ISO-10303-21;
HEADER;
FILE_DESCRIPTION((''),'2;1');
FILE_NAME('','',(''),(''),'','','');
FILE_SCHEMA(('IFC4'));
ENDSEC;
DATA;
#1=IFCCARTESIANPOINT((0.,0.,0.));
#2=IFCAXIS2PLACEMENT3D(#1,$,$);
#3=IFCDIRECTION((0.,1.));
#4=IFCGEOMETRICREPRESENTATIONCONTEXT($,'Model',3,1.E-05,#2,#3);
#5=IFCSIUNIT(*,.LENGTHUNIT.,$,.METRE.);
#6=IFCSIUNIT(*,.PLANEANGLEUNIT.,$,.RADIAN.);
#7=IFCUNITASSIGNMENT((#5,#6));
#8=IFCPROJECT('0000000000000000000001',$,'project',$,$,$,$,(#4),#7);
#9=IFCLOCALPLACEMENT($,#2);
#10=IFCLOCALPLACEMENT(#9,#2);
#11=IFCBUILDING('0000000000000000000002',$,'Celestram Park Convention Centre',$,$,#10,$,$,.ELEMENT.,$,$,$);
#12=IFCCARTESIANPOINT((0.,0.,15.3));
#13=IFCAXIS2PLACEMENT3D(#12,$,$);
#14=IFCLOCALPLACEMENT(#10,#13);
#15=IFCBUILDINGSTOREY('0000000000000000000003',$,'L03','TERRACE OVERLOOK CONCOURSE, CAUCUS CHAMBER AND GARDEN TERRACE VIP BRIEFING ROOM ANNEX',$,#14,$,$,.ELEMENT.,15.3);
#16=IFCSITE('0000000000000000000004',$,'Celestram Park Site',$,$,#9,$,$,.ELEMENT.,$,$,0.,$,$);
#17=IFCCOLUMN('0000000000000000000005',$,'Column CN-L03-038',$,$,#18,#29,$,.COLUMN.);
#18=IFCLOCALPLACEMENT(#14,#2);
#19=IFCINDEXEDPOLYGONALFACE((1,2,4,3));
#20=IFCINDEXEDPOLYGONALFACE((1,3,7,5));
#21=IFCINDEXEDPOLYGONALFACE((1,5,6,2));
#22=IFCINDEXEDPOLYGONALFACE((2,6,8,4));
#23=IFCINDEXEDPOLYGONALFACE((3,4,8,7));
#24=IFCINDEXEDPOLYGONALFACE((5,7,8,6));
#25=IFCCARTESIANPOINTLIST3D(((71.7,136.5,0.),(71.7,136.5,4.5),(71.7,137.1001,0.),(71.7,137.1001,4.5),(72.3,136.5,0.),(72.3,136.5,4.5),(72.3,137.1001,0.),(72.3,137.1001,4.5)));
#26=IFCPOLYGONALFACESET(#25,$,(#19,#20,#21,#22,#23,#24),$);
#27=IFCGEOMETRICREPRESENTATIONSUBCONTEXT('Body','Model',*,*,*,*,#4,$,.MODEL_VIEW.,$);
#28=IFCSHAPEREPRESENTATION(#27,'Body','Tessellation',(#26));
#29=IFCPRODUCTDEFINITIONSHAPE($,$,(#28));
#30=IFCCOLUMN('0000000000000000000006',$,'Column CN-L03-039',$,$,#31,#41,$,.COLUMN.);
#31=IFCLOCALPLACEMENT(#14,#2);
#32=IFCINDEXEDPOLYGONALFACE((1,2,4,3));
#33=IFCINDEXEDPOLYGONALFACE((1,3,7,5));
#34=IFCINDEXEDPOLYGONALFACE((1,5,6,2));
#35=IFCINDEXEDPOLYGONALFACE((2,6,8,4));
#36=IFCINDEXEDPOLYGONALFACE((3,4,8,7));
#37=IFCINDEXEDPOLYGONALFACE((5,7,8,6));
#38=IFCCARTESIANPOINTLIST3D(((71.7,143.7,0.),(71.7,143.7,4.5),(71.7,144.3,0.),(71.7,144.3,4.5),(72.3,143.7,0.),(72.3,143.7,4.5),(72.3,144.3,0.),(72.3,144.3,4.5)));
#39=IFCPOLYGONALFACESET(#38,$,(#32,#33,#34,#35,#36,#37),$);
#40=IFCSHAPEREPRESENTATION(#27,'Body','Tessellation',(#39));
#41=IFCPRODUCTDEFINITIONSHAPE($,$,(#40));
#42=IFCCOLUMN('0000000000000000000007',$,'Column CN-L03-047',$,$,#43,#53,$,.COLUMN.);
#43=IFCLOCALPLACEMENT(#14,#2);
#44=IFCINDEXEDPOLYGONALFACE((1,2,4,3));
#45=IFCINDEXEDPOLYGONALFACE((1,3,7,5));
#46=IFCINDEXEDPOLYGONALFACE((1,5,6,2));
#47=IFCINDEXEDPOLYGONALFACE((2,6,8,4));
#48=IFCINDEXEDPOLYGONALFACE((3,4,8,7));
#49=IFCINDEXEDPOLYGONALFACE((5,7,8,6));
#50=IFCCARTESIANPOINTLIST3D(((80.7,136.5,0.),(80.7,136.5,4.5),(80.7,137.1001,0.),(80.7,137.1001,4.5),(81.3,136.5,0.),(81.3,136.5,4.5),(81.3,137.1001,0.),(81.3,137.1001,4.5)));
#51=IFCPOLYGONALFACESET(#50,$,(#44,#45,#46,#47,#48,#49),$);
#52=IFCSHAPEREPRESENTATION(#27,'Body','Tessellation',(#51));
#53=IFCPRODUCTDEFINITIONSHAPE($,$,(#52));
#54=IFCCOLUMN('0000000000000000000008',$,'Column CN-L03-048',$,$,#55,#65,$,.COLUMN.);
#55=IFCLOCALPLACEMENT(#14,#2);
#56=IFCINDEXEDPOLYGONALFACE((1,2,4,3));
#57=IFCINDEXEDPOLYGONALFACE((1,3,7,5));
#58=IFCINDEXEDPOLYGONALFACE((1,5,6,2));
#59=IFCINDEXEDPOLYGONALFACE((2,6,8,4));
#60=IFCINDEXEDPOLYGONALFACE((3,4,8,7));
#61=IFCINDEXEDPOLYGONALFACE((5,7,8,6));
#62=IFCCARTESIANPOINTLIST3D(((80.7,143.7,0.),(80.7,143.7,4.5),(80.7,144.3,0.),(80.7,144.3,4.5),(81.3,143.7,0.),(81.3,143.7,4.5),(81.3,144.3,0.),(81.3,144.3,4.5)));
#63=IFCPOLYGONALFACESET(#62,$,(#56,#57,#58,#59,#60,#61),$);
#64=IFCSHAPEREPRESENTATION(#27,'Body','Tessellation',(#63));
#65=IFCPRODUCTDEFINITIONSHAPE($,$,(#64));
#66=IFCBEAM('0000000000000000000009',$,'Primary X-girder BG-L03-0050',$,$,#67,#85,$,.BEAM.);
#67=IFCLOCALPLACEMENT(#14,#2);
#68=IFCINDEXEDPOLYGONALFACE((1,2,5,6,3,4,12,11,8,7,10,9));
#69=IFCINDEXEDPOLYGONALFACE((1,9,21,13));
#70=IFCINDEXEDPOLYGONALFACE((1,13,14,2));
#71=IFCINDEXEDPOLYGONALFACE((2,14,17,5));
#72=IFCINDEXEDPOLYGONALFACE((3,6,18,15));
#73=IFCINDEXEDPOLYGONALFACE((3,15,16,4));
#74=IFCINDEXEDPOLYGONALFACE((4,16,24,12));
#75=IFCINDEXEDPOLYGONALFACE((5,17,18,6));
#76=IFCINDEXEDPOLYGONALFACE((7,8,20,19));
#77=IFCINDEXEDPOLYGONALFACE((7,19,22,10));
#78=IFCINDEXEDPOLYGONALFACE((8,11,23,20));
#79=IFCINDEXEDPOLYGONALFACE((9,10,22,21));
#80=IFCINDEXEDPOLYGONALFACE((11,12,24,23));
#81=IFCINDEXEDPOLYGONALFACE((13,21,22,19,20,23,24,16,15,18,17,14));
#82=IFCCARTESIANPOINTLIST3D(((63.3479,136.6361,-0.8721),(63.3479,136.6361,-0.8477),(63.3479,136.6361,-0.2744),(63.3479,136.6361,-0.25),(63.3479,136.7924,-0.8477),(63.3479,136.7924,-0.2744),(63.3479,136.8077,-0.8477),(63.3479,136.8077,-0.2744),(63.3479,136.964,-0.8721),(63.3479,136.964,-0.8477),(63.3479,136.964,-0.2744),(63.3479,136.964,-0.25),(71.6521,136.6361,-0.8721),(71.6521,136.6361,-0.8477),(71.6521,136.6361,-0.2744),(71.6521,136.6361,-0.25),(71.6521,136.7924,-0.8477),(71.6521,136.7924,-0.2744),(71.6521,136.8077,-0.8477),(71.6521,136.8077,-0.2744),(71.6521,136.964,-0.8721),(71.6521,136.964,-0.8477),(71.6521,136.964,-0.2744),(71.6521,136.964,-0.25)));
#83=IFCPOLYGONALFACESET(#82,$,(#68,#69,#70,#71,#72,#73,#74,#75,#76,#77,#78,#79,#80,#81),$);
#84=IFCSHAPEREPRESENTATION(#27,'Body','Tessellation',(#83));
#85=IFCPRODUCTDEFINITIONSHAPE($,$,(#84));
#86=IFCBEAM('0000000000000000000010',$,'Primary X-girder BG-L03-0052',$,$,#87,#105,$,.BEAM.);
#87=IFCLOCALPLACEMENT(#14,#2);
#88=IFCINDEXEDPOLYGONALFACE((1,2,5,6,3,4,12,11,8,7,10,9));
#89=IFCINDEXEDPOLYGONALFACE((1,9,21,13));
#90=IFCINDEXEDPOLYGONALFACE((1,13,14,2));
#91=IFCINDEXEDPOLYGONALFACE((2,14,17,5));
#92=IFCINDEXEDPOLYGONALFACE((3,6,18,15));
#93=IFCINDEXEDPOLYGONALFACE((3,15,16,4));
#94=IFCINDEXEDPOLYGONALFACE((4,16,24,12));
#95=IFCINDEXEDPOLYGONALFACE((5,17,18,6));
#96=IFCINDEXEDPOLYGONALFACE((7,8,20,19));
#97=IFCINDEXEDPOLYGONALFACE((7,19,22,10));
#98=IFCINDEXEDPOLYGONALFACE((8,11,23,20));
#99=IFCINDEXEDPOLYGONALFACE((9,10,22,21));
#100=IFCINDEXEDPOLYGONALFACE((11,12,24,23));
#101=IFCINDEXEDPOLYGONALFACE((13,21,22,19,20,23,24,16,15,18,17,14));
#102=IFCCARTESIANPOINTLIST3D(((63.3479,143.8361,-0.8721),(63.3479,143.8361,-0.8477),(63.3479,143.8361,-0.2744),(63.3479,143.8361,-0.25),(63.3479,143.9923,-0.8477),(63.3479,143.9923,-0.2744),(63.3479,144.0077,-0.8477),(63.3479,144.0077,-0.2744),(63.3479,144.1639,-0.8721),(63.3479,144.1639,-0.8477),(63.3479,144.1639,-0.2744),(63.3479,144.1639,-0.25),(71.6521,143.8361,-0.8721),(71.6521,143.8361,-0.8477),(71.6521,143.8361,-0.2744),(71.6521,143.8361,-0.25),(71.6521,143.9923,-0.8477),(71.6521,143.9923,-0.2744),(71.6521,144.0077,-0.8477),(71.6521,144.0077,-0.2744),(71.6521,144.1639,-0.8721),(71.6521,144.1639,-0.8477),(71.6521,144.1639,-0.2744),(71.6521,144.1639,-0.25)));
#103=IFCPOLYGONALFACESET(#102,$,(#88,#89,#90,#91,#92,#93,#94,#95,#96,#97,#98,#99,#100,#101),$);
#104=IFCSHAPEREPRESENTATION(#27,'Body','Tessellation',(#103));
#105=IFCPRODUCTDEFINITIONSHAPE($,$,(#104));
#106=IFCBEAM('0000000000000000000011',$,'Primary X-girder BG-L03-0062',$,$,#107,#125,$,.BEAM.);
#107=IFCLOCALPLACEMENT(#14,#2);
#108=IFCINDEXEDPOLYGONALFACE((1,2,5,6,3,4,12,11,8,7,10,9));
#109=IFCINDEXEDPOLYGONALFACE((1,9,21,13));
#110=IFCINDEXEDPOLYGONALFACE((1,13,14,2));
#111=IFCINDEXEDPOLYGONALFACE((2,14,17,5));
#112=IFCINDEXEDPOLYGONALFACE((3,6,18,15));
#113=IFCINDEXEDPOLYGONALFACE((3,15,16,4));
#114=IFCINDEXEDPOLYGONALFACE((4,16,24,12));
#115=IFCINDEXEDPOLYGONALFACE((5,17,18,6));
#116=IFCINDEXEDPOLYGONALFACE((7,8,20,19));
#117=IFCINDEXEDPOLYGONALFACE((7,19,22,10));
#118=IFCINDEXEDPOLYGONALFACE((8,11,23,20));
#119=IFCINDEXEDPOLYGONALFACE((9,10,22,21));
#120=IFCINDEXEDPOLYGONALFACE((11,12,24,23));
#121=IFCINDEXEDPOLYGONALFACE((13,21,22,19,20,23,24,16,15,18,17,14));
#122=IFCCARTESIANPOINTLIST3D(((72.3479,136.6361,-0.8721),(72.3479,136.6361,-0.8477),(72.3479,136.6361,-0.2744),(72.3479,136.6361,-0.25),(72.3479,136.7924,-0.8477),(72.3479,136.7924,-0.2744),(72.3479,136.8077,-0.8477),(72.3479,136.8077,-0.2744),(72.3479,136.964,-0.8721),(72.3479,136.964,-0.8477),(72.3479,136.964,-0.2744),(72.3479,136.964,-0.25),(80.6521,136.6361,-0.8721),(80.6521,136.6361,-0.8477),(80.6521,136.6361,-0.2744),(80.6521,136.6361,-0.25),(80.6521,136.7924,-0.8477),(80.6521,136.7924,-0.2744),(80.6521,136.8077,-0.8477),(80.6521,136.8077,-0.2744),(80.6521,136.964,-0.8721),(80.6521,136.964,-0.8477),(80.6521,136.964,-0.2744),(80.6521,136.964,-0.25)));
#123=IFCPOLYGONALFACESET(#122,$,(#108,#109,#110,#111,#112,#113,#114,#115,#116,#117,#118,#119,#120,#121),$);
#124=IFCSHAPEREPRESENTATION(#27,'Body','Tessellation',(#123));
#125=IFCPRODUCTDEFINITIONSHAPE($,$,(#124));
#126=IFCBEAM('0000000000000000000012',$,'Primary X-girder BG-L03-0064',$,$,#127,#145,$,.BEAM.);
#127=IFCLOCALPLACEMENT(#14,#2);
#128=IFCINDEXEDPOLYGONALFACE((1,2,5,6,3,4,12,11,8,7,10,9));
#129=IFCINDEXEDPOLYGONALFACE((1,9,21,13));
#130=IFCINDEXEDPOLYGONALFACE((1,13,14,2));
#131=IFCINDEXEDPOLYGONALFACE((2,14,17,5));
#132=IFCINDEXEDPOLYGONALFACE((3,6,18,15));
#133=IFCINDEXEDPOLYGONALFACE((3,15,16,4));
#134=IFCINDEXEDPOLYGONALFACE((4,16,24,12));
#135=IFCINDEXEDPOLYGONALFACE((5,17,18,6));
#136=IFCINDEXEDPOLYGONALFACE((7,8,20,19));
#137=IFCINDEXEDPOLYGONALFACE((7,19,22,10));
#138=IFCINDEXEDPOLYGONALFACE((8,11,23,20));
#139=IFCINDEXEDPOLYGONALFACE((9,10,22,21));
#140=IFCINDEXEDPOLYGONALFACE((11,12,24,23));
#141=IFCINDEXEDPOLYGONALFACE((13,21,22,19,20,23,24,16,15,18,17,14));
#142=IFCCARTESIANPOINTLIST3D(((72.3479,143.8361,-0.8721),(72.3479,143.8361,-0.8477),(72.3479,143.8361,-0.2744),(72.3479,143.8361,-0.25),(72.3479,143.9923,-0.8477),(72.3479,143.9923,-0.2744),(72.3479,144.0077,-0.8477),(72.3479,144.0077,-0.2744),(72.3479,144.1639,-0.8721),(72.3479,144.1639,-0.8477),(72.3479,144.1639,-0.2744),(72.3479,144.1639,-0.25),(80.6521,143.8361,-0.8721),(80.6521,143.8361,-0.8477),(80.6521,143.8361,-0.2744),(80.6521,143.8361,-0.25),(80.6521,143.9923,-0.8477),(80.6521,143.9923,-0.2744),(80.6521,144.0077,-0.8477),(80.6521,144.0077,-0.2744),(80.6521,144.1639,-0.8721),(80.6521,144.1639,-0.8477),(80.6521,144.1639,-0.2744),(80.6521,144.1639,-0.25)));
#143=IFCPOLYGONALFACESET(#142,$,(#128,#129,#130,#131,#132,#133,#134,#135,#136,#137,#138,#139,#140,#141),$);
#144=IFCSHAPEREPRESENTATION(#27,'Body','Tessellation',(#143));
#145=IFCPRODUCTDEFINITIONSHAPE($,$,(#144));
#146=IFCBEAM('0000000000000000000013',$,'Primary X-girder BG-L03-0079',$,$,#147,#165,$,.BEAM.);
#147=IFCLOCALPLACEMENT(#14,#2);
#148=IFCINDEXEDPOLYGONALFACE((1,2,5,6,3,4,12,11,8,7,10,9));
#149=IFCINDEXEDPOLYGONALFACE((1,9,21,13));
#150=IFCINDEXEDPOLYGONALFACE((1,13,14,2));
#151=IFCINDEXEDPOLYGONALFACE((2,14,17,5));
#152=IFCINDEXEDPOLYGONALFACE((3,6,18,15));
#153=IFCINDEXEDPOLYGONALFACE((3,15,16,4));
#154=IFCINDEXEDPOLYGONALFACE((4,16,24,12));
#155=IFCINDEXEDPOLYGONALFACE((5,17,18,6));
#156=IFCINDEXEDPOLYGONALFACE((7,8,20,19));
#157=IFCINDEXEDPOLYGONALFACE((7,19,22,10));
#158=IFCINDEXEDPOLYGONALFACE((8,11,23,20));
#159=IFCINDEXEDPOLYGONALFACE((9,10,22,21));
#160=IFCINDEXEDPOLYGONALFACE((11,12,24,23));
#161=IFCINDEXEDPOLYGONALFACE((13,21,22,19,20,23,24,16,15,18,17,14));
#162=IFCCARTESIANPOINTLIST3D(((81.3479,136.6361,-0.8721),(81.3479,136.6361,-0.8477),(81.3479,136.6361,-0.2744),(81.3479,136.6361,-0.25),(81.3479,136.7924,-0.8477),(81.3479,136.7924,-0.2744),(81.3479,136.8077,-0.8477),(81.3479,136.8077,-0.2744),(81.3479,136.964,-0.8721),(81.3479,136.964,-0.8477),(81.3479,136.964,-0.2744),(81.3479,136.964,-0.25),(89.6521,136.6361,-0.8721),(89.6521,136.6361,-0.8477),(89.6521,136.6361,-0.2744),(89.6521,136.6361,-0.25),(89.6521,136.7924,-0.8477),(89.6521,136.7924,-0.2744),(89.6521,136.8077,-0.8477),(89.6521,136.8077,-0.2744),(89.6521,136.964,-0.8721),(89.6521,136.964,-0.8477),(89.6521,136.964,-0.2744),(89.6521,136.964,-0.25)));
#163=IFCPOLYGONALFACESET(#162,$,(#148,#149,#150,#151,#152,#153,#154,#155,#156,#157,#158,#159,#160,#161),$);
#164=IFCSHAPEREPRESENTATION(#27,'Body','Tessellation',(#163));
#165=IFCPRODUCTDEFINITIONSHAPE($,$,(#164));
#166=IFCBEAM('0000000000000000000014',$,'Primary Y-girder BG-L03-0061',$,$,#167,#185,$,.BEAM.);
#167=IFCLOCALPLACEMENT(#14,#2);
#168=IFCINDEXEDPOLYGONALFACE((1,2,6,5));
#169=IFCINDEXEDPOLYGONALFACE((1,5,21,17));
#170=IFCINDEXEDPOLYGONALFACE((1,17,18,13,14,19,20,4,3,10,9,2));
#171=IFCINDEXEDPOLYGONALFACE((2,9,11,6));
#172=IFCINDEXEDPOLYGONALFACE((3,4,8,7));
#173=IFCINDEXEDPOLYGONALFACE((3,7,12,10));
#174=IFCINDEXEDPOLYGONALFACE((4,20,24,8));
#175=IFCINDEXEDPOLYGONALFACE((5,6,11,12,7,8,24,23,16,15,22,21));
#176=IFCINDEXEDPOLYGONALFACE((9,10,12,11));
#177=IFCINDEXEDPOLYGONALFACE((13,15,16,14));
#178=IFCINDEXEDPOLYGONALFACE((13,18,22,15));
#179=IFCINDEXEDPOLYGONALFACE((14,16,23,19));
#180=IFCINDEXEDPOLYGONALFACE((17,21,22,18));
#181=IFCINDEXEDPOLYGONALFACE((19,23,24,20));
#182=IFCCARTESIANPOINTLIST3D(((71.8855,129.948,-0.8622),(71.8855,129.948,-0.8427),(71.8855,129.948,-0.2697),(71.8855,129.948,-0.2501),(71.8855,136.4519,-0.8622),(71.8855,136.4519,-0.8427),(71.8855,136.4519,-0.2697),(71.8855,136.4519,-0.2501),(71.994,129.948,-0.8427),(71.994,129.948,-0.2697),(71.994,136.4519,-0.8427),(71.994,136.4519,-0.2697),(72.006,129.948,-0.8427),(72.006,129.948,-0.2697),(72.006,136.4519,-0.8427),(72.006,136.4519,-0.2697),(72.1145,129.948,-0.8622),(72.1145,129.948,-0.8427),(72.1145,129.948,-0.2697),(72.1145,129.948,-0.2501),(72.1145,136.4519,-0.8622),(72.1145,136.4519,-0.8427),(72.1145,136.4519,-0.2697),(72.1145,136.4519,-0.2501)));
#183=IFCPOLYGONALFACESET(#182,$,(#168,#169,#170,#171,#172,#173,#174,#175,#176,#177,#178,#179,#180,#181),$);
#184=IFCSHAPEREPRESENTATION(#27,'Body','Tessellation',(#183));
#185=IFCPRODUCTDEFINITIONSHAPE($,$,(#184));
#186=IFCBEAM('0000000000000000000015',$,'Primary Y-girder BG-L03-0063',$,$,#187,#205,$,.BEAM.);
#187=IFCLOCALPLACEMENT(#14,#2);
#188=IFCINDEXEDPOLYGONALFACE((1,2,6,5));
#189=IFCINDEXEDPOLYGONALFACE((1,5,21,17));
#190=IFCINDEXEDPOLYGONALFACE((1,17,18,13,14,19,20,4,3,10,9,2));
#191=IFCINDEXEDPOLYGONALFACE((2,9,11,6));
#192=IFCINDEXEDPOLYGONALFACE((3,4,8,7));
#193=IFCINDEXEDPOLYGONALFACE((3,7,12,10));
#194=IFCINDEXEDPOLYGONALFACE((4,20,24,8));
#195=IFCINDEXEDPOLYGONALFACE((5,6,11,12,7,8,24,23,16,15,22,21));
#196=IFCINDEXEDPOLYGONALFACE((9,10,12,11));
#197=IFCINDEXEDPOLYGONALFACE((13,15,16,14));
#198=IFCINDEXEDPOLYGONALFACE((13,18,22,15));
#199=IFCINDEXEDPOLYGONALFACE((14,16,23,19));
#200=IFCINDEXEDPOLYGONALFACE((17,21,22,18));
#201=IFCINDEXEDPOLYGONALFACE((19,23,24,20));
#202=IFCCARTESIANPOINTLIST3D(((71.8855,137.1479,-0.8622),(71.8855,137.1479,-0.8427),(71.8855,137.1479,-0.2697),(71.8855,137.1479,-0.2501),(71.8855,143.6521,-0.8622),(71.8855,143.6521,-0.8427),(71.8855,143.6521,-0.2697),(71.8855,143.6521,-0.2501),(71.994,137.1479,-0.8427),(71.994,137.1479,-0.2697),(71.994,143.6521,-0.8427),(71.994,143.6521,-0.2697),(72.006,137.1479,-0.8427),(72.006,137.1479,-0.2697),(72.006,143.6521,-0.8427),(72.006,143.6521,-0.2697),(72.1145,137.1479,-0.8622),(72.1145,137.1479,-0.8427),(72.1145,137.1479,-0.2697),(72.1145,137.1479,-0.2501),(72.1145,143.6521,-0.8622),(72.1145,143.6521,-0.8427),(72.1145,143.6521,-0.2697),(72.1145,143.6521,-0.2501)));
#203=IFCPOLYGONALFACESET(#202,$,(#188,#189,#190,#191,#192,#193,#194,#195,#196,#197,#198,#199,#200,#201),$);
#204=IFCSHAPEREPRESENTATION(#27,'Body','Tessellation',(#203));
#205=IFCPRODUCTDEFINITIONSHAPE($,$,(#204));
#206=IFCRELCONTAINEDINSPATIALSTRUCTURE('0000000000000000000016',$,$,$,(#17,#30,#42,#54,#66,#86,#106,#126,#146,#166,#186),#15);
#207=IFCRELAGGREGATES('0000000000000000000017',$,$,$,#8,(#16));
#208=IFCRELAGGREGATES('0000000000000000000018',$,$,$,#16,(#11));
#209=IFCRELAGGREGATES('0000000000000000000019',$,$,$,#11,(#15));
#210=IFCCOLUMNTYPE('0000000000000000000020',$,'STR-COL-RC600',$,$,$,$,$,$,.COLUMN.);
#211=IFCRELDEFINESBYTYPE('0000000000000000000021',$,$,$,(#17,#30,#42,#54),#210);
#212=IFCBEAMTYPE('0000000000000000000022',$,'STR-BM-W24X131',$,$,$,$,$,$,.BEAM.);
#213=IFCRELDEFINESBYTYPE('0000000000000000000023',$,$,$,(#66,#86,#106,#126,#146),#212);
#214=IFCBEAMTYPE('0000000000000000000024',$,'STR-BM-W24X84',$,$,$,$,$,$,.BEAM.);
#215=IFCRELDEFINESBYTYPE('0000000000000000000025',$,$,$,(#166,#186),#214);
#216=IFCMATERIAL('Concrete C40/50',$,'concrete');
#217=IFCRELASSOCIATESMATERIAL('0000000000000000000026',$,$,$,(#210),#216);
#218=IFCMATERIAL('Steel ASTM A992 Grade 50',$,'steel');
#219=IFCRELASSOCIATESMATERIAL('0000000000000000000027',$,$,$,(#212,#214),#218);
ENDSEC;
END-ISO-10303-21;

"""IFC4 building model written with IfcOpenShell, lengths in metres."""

from ifc_helpers import new_model, si_unit, direction, frame, origin, origin_2d, place, context, subcontext, project, spatial, rectangle, i_section, extrude, material, material_profile, profile_set, type_object, element, save


model = new_model("IFC4")

# Units and contexts
model_context = context("Model", 3, precision=1e-05, world=origin(), true_north=direction((0.0, 1.0)))
body_context = subcontext(model_context, "Body", "Model", "MODEL_VIEW")
ifc_project = project(units=[si_unit("LENGTHUNIT", "METRE"), si_unit("PLANEANGLEUNIT", "RADIAN")], contexts=[model_context])

# Site, building, storey
site_placement = place(None, origin())
site = spatial("IfcSite", under=ifc_project, at=site_placement, Name="Celestram Park Site", CompositionType="ELEMENT", RefElevation=0.0)
building_placement = place(site_placement, origin())
building = spatial("IfcBuilding", under=site, at=building_placement, Name="Celestram Park Convention Centre", CompositionType="ELEMENT")
storey_placement = place(building_placement, frame((0.0, 0.0, 15.3)))
storey = spatial("IfcBuildingStorey", under=building, at=storey_placement, Name="L03", Description="TERRACE OVERLOOK CONCOURSE, CAUCUS CHAMBER AND GARDEN TERRACE VIP BRIEFING ROOM ANNEX", CompositionType="ELEMENT", Elevation=15.3)

# Columns
ifc_material_1 = material(Name="Concrete C40/50", Category="concrete")
ifc_material_profile_1 = material_profile(ifc_material_1, rectangle(XDim=0.6001, YDim=0.6001, at=origin_2d()), Name="RC600X600")
ifc_profile_set_1 = profile_set([ifc_material_profile_1], Name="Concrete C40/50")
column_type = type_object("IfcColumnType", Name="STR-COL-RC600", PredefinedType="COLUMN", material=ifc_profile_set_1)
for number, where, z_axis, x_axis, name in (
    (1, (72.0, 136.8, 0.0), (0.0, 0.0, 1.0), (1.0, 0.0, 0.0), "Column CN-L03-038"),
    (2, (72.0, 144.0, 0.0), (0.0, 0.0, 1.0), (1.0, 0.0, 0.0), "Column CN-L03-039"),
    (3, (81.0, 136.8, 0.0), (0.0, 0.0, 1.0), (1.0, 0.0, 0.0), "Column CN-L03-047"),
    (4, (81.0, 144.0, 0.0), (0.0, 0.0, 1.0), (1.0, 0.0, 0.0), "Column CN-L03-048"),
):
    element("IfcColumn", number, at=place(storey_placement, frame(where, z_axis=z_axis, x_axis=x_axis)), inside=storey, type_object=column_type, Name=name, PredefinedType="COLUMN", context=body_context, shape_type="SweptSolid", body=[
        extrude(rectangle(XDim=0.6001, YDim=0.6001, at=origin_2d()), origin(), (0.0, 0.0, 1.0), 4.5),
    ])

# Beams
ifc_material_2 = material(Name="Steel ASTM A992 Grade 50", Category="steel")
ifc_material_profile_2 = material_profile(ifc_material_2, i_section(OverallWidth=0.3279, OverallDepth=0.6221, WebThickness=0.0154, FlangeThickness=0.0244, at=origin_2d()), Name="W24X131")
ifc_profile_set_2 = profile_set([ifc_material_profile_2], Name="Steel ASTM A992 Grade 50")
beam_type_1 = type_object("IfcBeamType", Name="STR-BM-W24X131", PredefinedType="BEAM", material=ifc_profile_set_2)
for number, where, z_axis, x_axis, name in (
    (5, (63.3479, 136.8, -0.561), (1.0, 0.0, 0.0), (0.0, 1.0, 0.0), "Primary X-girder BG-L03-0050"),
    (6, (63.3479, 144.0, -0.561), (1.0, 0.0, 0.0), (0.0, 1.0, 0.0), "Primary X-girder BG-L03-0052"),
    (7, (72.3479, 136.8, -0.561), (1.0, 0.0, 0.0), (0.0, 1.0, 0.0), "Primary X-girder BG-L03-0062"),
    (8, (72.3479, 144.0, -0.561), (1.0, 0.0, 0.0), (0.0, 1.0, 0.0), "Primary X-girder BG-L03-0064"),
    (9, (81.3479, 136.8, -0.561), (1.0, 0.0, 0.0), (0.0, 1.0, 0.0), "Primary X-girder BG-L03-0079"),
):
    element("IfcBeam", number, at=place(storey_placement, frame(where, z_axis=z_axis, x_axis=x_axis)), inside=storey, type_object=beam_type_1, Name=name, PredefinedType="BEAM", context=body_context, shape_type="SweptSolid", body=[
        extrude(i_section(OverallWidth=0.3279, OverallDepth=0.6221, WebThickness=0.0154, FlangeThickness=0.0244, at=origin_2d()), origin(), (0.0, 0.0, 1.0), 8.3042),
    ])
ifc_material_profile_3 = material_profile(ifc_material_2, i_section(OverallWidth=0.229, OverallDepth=0.6121, WebThickness=0.012, FlangeThickness=0.0195, at=origin_2d()), Name="W24X84")
ifc_profile_set_3 = profile_set([ifc_material_profile_3], Name="Steel ASTM A992 Grade 50")
beam_type_2 = type_object("IfcBeamType", Name="STR-BM-W24X84", PredefinedType="BEAM", material=ifc_profile_set_3)
beam_1_placement = place(storey_placement, frame((72.0, 129.948, -0.5562), z_axis=(0.0, 1.0, 0.0), x_axis=(-1.0, 0.0, 0.0)))
element("IfcBeam", 10, at=beam_1_placement, inside=storey, type_object=beam_type_2, Name="Primary Y-girder BG-L03-0061", PredefinedType="BEAM", context=body_context, shape_type="SweptSolid", body=[
    extrude(i_section(OverallWidth=0.229, OverallDepth=0.6121, WebThickness=0.012, FlangeThickness=0.0195, at=origin_2d()), origin(), (0.0, 0.0, 1.0), 6.5039),
])
beam_2_placement = place(storey_placement, frame((72.0, 137.1479, -0.5562), z_axis=(0.0, 1.0, 0.0), x_axis=(-1.0, 0.0, 0.0)))
element("IfcBeam", 11, at=beam_2_placement, inside=storey, type_object=beam_type_2, Name="Primary Y-girder BG-L03-0063", PredefinedType="BEAM", context=body_context, shape_type="SweptSolid", body=[
    extrude(i_section(OverallWidth=0.229, OverallDepth=0.6121, WebThickness=0.012, FlangeThickness=0.0195, at=origin_2d()), origin(), (0.0, 0.0, 1.0), 6.5042),
])

save(model, "model.ifc")
